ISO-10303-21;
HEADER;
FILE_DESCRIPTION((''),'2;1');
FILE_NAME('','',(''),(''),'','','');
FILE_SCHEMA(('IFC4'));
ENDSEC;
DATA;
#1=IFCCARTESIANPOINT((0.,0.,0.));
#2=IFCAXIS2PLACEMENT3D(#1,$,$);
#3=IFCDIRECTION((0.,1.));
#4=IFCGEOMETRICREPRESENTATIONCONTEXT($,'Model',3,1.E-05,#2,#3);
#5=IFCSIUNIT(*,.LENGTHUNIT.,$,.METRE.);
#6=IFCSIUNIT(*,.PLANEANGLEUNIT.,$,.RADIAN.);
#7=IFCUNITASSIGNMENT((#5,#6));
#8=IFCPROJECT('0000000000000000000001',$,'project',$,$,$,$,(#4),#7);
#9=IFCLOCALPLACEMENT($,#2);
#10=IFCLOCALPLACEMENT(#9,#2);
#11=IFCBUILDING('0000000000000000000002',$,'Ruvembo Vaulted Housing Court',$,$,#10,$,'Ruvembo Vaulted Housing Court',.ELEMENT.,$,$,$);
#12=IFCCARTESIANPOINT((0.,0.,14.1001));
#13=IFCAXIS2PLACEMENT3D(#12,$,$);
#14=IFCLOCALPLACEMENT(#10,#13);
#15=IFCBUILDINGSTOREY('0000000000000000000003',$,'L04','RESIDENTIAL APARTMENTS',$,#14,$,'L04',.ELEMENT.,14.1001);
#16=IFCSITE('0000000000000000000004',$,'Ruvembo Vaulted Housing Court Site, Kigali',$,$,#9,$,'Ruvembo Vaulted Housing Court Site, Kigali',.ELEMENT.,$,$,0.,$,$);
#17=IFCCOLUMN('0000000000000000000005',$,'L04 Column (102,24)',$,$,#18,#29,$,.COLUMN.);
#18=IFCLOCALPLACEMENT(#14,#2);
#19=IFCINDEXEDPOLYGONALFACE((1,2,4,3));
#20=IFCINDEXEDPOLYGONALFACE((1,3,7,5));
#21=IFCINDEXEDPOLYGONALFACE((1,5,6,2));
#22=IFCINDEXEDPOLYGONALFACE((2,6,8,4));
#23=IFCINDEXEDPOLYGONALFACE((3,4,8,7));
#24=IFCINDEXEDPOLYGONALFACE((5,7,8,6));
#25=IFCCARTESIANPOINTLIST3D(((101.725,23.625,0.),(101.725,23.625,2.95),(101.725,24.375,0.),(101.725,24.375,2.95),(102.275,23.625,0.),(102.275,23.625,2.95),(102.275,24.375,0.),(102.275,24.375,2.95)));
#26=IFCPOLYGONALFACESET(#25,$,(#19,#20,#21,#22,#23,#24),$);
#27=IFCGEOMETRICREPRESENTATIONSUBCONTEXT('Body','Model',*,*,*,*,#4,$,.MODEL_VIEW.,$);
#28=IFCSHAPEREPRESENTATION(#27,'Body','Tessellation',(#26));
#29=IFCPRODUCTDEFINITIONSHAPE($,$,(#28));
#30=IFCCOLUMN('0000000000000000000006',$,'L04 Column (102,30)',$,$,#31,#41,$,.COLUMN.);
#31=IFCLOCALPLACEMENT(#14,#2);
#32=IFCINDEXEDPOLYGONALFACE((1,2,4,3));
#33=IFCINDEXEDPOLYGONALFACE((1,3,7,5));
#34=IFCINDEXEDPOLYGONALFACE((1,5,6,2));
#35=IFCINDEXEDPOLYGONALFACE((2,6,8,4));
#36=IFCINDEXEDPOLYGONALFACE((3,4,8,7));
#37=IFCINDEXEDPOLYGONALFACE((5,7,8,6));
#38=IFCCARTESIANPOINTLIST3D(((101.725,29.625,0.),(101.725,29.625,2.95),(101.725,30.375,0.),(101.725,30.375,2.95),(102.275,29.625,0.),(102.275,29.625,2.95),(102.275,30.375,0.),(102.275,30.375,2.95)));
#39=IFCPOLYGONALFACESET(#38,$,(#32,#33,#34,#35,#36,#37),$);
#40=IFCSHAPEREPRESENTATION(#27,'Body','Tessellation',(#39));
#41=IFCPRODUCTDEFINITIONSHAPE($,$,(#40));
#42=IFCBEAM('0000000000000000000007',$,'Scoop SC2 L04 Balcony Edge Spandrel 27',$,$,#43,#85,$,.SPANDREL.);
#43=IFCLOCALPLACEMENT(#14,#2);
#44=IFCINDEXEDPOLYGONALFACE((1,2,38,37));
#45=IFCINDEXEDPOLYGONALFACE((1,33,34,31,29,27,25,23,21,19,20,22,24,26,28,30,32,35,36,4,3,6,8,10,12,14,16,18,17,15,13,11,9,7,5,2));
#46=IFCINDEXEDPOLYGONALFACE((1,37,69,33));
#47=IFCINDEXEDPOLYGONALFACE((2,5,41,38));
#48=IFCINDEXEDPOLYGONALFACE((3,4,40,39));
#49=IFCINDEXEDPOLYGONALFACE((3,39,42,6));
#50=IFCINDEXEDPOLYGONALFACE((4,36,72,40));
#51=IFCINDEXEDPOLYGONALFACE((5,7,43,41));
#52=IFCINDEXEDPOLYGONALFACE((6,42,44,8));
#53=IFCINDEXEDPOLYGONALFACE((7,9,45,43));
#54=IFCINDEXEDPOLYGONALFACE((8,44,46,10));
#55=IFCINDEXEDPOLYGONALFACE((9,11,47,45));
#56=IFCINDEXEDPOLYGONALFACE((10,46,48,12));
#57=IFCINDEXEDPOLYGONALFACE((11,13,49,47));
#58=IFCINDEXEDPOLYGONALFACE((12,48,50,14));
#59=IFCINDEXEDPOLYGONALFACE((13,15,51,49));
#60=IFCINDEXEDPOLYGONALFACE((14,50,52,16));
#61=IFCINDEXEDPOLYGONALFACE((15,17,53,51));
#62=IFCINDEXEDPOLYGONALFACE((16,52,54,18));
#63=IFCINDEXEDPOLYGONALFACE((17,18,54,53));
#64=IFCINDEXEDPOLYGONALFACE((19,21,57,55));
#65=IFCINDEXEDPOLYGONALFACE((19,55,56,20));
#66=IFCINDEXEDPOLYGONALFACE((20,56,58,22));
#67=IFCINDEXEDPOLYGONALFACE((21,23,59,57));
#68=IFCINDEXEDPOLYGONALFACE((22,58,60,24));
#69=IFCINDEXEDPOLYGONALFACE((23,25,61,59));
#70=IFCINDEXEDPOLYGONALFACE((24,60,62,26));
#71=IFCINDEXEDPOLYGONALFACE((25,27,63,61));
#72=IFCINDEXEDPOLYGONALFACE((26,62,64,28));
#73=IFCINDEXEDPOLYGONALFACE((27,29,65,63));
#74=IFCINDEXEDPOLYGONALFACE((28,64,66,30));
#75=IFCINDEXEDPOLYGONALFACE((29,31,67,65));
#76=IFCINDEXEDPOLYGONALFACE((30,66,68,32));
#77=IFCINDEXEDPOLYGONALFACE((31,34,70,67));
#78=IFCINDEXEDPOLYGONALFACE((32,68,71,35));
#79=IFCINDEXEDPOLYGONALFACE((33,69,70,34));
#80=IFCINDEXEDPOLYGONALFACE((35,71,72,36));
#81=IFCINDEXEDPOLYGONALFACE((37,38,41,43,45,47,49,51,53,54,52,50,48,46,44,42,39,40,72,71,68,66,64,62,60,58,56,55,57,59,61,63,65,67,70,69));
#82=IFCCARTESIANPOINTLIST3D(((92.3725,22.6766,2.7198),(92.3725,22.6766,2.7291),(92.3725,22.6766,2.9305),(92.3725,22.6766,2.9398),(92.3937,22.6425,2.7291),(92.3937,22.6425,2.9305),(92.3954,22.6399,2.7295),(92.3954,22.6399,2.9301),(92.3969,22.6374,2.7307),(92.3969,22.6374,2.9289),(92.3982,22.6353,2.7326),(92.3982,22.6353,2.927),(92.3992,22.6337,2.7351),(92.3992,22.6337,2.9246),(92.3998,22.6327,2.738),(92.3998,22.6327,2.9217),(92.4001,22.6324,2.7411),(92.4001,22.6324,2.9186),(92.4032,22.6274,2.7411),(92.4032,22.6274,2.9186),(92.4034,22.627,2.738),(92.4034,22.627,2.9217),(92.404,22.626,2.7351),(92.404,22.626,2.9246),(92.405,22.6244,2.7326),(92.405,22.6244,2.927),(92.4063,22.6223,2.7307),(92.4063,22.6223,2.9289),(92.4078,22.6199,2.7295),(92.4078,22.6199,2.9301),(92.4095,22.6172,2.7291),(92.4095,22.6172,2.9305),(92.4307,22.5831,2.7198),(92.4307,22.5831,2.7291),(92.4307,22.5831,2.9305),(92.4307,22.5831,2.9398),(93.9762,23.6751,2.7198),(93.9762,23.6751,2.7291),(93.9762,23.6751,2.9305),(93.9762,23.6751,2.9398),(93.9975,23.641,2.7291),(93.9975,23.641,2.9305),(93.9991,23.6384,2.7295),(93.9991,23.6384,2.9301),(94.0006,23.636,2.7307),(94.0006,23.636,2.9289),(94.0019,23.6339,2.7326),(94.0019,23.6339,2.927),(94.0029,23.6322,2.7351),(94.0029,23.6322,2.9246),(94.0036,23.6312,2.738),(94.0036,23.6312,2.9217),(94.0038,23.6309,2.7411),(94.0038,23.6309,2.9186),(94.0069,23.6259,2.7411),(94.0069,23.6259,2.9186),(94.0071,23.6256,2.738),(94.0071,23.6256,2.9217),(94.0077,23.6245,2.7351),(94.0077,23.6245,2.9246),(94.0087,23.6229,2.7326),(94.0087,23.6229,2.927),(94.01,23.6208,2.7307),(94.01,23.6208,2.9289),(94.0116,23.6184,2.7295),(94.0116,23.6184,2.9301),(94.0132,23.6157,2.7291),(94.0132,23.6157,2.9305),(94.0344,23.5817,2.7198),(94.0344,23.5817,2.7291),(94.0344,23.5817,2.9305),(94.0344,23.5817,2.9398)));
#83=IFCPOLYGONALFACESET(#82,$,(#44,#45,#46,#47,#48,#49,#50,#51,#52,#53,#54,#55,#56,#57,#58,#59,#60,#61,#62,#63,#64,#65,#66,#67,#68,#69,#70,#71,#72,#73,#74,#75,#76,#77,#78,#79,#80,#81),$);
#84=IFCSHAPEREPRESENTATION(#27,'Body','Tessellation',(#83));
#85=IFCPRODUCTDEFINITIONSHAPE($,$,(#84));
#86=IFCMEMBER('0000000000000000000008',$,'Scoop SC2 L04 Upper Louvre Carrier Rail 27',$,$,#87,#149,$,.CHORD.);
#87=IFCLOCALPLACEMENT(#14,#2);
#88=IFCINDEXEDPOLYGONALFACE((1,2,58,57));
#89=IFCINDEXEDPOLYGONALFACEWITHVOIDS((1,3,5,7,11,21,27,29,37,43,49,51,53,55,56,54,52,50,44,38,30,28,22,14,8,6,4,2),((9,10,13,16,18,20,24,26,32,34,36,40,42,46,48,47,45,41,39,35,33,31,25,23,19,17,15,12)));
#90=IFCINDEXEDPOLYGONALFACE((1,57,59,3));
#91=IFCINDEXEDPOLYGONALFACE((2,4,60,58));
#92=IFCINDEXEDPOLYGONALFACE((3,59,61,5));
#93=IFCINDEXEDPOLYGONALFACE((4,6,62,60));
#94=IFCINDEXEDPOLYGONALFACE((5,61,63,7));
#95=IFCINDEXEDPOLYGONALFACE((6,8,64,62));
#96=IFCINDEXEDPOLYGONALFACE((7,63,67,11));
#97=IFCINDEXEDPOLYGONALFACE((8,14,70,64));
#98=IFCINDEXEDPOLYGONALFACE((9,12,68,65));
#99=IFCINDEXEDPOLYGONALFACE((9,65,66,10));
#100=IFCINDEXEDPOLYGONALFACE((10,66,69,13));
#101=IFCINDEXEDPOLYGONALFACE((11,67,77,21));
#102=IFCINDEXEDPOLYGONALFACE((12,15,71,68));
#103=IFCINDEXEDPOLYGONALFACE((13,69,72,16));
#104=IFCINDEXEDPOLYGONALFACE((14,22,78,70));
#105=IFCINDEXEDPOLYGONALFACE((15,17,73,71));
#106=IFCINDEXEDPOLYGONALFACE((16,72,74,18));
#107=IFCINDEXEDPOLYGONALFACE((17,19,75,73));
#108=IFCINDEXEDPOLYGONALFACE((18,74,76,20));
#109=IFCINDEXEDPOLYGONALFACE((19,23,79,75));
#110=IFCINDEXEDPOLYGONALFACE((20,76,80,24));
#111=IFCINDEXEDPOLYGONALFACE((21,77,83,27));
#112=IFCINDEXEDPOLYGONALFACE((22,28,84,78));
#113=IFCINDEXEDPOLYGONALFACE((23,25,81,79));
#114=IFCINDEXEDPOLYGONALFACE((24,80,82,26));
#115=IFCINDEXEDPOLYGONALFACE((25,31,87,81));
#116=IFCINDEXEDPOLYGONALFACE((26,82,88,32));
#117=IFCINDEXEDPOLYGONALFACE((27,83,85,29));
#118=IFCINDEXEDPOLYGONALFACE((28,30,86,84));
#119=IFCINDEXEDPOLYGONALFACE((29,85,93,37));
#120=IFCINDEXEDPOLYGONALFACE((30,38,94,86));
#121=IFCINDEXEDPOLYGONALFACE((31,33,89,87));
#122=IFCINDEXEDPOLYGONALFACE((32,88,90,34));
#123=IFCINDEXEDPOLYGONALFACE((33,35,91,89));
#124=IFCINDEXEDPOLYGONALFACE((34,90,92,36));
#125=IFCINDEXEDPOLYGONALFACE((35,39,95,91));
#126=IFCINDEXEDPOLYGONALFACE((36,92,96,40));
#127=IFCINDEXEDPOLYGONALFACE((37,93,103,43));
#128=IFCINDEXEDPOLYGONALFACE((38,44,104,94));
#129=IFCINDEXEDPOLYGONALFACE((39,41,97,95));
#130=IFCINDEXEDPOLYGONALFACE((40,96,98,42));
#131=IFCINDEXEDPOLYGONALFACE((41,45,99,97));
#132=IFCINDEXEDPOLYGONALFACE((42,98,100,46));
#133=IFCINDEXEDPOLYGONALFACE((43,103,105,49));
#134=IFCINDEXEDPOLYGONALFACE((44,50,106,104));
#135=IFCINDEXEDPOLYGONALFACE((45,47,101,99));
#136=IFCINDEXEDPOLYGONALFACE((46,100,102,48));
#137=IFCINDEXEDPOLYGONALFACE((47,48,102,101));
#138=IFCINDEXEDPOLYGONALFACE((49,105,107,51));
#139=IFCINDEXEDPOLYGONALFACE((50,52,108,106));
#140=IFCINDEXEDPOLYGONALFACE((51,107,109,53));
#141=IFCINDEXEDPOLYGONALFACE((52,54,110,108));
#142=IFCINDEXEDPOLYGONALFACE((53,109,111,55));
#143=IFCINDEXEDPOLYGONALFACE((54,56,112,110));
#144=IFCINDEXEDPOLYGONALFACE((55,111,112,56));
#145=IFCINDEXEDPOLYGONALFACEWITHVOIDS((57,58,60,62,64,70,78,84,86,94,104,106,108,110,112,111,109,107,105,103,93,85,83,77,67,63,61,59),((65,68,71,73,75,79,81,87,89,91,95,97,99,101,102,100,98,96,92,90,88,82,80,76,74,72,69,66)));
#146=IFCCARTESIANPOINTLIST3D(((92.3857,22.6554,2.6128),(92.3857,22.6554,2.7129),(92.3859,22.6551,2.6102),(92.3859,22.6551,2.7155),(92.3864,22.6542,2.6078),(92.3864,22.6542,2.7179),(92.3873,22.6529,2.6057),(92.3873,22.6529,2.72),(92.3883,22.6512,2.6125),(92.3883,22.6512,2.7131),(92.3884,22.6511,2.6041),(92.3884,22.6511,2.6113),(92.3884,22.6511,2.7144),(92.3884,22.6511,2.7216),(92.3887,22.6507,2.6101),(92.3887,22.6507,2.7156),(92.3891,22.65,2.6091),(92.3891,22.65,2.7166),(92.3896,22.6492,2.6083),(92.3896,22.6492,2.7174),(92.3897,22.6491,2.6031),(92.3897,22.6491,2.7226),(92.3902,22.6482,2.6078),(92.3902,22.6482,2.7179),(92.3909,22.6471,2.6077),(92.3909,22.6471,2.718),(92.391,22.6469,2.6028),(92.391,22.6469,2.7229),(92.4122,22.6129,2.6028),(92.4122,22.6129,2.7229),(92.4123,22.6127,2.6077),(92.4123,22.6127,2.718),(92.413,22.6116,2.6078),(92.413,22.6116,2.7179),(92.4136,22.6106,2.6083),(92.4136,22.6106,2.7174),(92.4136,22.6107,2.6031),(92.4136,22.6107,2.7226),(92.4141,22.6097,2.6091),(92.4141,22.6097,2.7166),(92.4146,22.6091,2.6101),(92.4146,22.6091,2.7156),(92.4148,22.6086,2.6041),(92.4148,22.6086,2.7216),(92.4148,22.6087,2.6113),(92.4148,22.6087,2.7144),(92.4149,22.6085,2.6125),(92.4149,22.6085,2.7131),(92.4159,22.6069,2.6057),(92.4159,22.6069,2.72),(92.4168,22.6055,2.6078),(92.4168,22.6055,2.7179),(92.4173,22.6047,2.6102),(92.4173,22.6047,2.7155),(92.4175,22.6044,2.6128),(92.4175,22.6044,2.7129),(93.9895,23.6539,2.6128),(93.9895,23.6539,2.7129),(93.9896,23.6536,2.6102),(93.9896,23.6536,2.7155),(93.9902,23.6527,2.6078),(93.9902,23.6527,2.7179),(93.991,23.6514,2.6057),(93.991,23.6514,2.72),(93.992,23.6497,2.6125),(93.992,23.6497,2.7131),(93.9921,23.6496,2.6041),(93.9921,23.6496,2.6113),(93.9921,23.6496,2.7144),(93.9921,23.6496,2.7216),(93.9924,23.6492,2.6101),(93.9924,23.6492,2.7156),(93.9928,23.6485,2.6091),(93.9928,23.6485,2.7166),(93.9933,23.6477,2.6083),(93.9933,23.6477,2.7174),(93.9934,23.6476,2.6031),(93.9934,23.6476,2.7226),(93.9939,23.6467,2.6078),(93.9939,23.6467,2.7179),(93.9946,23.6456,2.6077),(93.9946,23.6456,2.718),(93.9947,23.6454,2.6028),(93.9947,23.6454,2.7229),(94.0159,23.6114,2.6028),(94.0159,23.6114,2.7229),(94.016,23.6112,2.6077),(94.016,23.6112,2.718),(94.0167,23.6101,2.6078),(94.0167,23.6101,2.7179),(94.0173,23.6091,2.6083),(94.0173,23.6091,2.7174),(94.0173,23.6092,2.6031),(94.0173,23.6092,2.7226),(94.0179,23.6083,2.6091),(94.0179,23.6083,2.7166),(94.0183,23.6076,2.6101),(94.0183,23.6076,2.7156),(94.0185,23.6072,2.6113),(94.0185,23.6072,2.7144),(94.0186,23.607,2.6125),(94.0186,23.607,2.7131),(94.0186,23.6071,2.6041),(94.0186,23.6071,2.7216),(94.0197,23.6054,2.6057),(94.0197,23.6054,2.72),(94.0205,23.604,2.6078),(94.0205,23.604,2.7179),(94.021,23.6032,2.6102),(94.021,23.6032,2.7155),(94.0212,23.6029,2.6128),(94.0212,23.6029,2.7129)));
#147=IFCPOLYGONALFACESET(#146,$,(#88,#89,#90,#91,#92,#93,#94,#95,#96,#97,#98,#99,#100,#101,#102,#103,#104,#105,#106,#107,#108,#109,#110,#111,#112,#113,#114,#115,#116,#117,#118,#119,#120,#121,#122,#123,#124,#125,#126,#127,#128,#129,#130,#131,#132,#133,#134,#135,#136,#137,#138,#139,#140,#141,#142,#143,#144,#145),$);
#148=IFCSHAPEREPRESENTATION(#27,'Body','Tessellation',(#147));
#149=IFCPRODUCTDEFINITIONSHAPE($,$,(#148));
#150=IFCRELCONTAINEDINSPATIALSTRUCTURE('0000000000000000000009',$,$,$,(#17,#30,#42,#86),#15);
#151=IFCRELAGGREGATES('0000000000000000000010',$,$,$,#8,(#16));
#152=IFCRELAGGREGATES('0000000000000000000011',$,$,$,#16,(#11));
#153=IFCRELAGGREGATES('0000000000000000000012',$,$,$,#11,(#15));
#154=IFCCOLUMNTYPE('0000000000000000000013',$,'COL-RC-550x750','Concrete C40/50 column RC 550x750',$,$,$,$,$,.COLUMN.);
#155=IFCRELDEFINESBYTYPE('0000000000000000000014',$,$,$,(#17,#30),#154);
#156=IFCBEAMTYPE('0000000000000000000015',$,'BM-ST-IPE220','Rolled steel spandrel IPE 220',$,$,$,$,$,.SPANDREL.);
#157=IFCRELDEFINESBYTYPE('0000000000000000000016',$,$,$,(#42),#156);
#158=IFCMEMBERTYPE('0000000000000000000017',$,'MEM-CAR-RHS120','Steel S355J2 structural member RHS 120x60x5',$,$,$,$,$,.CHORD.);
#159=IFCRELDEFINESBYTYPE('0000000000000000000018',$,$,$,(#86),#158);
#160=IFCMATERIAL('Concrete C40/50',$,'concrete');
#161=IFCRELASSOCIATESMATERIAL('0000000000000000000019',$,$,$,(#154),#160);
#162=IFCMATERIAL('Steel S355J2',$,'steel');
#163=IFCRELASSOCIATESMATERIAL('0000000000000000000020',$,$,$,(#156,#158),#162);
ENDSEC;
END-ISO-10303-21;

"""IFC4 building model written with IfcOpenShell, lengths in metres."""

from ifc_helpers import new_model, si_unit, direction, frame, origin, origin_2d, place, context, subcontext, project, spatial, rectangle, hollow_rectangle, i_section, extrude, material, material_profile, profile_set, type_object, element, save


model = new_model("IFC4")

# Units and contexts
model_context = context("Model", 3, precision=1e-05, world=origin(), true_north=direction((0.0, 1.0)))
body_context = subcontext(model_context, "Body", "Model", "MODEL_VIEW")
ifc_project = project(units=[si_unit("LENGTHUNIT", "METRE"), si_unit("PLANEANGLEUNIT", "RADIAN")], contexts=[model_context])

# Site, building, storey
site_placement = place(None, origin())
site = spatial("IfcSite", under=ifc_project, at=site_placement, Name="Ruvembo Vaulted Housing Court Site, Kigali", LongName="Ruvembo Vaulted Housing Court Site, Kigali", CompositionType="ELEMENT", RefElevation=0.0)
building_placement = place(site_placement, origin())
building = spatial("IfcBuilding", under=site, at=building_placement, Name="Ruvembo Vaulted Housing Court", LongName="Ruvembo Vaulted Housing Court", CompositionType="ELEMENT")
storey_placement = place(building_placement, frame((0.0, 0.0, 14.1001)))
storey = spatial("IfcBuildingStorey", under=building, at=storey_placement, Name="L04", Description="RESIDENTIAL APARTMENTS", LongName="L04", CompositionType="ELEMENT", Elevation=14.1001)

# Columns
ifc_material_1 = material(Name="Concrete C40/50", Category="concrete")
ifc_material_profile_1 = material_profile(ifc_material_1, rectangle(XDim=0.55, YDim=0.75, at=origin_2d()), Name="RC 550x750")
ifc_profile_set_1 = profile_set([ifc_material_profile_1], Name="Concrete C40/50")
column_type = type_object("IfcColumnType", Name="COL-RC-550x750", Description="Concrete C40/50 column RC 550x750", PredefinedType="COLUMN", material=ifc_profile_set_1)
for number, where, z_axis, x_axis, name in (
    (1, (102.0, 24.0, 0.0), (0.0, 0.0, 1.0), (1.0, 0.0, 0.0), "L04 Column (102,24)"),
    (2, (102.0, 30.0, 0.0), (0.0, 0.0, 1.0), (1.0, 0.0, 0.0), "L04 Column (102,30)"),
):
    element("IfcColumn", number, at=place(storey_placement, frame(where, z_axis=z_axis, x_axis=x_axis)), inside=storey, type_object=column_type, Name=name, PredefinedType="COLUMN", context=body_context, shape_type="SweptSolid", body=[
        extrude(rectangle(XDim=0.55, YDim=0.75, at=origin_2d()), origin(), (0.0, 0.0, 1.0), 2.95),
    ])

# Beam
ifc_material_2 = material(Name="Steel S355J2", Category="steel")
ifc_material_profile_2 = material_profile(ifc_material_2, i_section(OverallWidth=0.1101, OverallDepth=0.22, WebThickness=0.0059, FlangeThickness=0.0093, FilletRadius=0.012, at=origin_2d()), Name="IPE 220")
ifc_profile_set_2 = profile_set([ifc_material_profile_2], Name="Steel S355J2")
beam_type_1 = type_object("IfcBeamType", Name="BM-ST-IPE220", Description="Rolled steel spandrel IPE 220", PredefinedType="SPANDREL", material=ifc_profile_set_2)
beam_placement = place(storey_placement, frame((92.4016, 22.6299, 2.8298), z_axis=(0.848905, 0.528546, 0.0), x_axis=(-0.528546, 0.848905, 0.0)))
element("IfcBeam", 3, at=beam_placement, inside=storey, type_object=beam_type_1, Name="Scoop SC2 L04 Balcony Edge Spandrel 27", PredefinedType="SPANDREL", context=body_context, shape_type="SweptSolid", body=[
    extrude(i_section(OverallWidth=0.1101, OverallDepth=0.22, WebThickness=0.0059, FlangeThickness=0.0093, FilletRadius=0.012, at=origin_2d()), origin(), (0.0, 0.0, 1.0), 1.8892),
])

# Member
ifc_material_profile_3 = material_profile(ifc_material_2, hollow_rectangle(XDim=0.0601, YDim=0.1201, WallThickness=0.0049, InnerFilletRadius=0.0049, OuterFilletRadius=0.01, at=origin_2d()), Name="RHS 120x60x5")
ifc_profile_set_3 = profile_set([ifc_material_profile_3], Name="Steel S355J2")
member_type_1 = type_object("IfcMemberType", Name="MEM-CAR-RHS120", Description="Steel S355J2 structural member RHS 120x60x5", PredefinedType="CHORD", material=ifc_profile_set_3)
member_1_placement = place(storey_placement, frame((92.4016, 22.6299, 2.6628), z_axis=(0.848905, 0.528546, 0.0), x_axis=(-0.528546, 0.848905, 0.0)))
element("IfcMember", 4, at=member_1_placement, inside=storey, type_object=member_type_1, Name="Scoop SC2 L04 Upper Louvre Carrier Rail 27", PredefinedType="CHORD", context=body_context, shape_type="SweptSolid", body=[
    extrude(hollow_rectangle(XDim=0.0601, YDim=0.1201, WallThickness=0.0049, InnerFilletRadius=0.0049, OuterFilletRadius=0.01, at=origin_2d()), origin(), (0.0, 0.0, 1.0), 1.8892),
])

save(model, "model.ifc")
